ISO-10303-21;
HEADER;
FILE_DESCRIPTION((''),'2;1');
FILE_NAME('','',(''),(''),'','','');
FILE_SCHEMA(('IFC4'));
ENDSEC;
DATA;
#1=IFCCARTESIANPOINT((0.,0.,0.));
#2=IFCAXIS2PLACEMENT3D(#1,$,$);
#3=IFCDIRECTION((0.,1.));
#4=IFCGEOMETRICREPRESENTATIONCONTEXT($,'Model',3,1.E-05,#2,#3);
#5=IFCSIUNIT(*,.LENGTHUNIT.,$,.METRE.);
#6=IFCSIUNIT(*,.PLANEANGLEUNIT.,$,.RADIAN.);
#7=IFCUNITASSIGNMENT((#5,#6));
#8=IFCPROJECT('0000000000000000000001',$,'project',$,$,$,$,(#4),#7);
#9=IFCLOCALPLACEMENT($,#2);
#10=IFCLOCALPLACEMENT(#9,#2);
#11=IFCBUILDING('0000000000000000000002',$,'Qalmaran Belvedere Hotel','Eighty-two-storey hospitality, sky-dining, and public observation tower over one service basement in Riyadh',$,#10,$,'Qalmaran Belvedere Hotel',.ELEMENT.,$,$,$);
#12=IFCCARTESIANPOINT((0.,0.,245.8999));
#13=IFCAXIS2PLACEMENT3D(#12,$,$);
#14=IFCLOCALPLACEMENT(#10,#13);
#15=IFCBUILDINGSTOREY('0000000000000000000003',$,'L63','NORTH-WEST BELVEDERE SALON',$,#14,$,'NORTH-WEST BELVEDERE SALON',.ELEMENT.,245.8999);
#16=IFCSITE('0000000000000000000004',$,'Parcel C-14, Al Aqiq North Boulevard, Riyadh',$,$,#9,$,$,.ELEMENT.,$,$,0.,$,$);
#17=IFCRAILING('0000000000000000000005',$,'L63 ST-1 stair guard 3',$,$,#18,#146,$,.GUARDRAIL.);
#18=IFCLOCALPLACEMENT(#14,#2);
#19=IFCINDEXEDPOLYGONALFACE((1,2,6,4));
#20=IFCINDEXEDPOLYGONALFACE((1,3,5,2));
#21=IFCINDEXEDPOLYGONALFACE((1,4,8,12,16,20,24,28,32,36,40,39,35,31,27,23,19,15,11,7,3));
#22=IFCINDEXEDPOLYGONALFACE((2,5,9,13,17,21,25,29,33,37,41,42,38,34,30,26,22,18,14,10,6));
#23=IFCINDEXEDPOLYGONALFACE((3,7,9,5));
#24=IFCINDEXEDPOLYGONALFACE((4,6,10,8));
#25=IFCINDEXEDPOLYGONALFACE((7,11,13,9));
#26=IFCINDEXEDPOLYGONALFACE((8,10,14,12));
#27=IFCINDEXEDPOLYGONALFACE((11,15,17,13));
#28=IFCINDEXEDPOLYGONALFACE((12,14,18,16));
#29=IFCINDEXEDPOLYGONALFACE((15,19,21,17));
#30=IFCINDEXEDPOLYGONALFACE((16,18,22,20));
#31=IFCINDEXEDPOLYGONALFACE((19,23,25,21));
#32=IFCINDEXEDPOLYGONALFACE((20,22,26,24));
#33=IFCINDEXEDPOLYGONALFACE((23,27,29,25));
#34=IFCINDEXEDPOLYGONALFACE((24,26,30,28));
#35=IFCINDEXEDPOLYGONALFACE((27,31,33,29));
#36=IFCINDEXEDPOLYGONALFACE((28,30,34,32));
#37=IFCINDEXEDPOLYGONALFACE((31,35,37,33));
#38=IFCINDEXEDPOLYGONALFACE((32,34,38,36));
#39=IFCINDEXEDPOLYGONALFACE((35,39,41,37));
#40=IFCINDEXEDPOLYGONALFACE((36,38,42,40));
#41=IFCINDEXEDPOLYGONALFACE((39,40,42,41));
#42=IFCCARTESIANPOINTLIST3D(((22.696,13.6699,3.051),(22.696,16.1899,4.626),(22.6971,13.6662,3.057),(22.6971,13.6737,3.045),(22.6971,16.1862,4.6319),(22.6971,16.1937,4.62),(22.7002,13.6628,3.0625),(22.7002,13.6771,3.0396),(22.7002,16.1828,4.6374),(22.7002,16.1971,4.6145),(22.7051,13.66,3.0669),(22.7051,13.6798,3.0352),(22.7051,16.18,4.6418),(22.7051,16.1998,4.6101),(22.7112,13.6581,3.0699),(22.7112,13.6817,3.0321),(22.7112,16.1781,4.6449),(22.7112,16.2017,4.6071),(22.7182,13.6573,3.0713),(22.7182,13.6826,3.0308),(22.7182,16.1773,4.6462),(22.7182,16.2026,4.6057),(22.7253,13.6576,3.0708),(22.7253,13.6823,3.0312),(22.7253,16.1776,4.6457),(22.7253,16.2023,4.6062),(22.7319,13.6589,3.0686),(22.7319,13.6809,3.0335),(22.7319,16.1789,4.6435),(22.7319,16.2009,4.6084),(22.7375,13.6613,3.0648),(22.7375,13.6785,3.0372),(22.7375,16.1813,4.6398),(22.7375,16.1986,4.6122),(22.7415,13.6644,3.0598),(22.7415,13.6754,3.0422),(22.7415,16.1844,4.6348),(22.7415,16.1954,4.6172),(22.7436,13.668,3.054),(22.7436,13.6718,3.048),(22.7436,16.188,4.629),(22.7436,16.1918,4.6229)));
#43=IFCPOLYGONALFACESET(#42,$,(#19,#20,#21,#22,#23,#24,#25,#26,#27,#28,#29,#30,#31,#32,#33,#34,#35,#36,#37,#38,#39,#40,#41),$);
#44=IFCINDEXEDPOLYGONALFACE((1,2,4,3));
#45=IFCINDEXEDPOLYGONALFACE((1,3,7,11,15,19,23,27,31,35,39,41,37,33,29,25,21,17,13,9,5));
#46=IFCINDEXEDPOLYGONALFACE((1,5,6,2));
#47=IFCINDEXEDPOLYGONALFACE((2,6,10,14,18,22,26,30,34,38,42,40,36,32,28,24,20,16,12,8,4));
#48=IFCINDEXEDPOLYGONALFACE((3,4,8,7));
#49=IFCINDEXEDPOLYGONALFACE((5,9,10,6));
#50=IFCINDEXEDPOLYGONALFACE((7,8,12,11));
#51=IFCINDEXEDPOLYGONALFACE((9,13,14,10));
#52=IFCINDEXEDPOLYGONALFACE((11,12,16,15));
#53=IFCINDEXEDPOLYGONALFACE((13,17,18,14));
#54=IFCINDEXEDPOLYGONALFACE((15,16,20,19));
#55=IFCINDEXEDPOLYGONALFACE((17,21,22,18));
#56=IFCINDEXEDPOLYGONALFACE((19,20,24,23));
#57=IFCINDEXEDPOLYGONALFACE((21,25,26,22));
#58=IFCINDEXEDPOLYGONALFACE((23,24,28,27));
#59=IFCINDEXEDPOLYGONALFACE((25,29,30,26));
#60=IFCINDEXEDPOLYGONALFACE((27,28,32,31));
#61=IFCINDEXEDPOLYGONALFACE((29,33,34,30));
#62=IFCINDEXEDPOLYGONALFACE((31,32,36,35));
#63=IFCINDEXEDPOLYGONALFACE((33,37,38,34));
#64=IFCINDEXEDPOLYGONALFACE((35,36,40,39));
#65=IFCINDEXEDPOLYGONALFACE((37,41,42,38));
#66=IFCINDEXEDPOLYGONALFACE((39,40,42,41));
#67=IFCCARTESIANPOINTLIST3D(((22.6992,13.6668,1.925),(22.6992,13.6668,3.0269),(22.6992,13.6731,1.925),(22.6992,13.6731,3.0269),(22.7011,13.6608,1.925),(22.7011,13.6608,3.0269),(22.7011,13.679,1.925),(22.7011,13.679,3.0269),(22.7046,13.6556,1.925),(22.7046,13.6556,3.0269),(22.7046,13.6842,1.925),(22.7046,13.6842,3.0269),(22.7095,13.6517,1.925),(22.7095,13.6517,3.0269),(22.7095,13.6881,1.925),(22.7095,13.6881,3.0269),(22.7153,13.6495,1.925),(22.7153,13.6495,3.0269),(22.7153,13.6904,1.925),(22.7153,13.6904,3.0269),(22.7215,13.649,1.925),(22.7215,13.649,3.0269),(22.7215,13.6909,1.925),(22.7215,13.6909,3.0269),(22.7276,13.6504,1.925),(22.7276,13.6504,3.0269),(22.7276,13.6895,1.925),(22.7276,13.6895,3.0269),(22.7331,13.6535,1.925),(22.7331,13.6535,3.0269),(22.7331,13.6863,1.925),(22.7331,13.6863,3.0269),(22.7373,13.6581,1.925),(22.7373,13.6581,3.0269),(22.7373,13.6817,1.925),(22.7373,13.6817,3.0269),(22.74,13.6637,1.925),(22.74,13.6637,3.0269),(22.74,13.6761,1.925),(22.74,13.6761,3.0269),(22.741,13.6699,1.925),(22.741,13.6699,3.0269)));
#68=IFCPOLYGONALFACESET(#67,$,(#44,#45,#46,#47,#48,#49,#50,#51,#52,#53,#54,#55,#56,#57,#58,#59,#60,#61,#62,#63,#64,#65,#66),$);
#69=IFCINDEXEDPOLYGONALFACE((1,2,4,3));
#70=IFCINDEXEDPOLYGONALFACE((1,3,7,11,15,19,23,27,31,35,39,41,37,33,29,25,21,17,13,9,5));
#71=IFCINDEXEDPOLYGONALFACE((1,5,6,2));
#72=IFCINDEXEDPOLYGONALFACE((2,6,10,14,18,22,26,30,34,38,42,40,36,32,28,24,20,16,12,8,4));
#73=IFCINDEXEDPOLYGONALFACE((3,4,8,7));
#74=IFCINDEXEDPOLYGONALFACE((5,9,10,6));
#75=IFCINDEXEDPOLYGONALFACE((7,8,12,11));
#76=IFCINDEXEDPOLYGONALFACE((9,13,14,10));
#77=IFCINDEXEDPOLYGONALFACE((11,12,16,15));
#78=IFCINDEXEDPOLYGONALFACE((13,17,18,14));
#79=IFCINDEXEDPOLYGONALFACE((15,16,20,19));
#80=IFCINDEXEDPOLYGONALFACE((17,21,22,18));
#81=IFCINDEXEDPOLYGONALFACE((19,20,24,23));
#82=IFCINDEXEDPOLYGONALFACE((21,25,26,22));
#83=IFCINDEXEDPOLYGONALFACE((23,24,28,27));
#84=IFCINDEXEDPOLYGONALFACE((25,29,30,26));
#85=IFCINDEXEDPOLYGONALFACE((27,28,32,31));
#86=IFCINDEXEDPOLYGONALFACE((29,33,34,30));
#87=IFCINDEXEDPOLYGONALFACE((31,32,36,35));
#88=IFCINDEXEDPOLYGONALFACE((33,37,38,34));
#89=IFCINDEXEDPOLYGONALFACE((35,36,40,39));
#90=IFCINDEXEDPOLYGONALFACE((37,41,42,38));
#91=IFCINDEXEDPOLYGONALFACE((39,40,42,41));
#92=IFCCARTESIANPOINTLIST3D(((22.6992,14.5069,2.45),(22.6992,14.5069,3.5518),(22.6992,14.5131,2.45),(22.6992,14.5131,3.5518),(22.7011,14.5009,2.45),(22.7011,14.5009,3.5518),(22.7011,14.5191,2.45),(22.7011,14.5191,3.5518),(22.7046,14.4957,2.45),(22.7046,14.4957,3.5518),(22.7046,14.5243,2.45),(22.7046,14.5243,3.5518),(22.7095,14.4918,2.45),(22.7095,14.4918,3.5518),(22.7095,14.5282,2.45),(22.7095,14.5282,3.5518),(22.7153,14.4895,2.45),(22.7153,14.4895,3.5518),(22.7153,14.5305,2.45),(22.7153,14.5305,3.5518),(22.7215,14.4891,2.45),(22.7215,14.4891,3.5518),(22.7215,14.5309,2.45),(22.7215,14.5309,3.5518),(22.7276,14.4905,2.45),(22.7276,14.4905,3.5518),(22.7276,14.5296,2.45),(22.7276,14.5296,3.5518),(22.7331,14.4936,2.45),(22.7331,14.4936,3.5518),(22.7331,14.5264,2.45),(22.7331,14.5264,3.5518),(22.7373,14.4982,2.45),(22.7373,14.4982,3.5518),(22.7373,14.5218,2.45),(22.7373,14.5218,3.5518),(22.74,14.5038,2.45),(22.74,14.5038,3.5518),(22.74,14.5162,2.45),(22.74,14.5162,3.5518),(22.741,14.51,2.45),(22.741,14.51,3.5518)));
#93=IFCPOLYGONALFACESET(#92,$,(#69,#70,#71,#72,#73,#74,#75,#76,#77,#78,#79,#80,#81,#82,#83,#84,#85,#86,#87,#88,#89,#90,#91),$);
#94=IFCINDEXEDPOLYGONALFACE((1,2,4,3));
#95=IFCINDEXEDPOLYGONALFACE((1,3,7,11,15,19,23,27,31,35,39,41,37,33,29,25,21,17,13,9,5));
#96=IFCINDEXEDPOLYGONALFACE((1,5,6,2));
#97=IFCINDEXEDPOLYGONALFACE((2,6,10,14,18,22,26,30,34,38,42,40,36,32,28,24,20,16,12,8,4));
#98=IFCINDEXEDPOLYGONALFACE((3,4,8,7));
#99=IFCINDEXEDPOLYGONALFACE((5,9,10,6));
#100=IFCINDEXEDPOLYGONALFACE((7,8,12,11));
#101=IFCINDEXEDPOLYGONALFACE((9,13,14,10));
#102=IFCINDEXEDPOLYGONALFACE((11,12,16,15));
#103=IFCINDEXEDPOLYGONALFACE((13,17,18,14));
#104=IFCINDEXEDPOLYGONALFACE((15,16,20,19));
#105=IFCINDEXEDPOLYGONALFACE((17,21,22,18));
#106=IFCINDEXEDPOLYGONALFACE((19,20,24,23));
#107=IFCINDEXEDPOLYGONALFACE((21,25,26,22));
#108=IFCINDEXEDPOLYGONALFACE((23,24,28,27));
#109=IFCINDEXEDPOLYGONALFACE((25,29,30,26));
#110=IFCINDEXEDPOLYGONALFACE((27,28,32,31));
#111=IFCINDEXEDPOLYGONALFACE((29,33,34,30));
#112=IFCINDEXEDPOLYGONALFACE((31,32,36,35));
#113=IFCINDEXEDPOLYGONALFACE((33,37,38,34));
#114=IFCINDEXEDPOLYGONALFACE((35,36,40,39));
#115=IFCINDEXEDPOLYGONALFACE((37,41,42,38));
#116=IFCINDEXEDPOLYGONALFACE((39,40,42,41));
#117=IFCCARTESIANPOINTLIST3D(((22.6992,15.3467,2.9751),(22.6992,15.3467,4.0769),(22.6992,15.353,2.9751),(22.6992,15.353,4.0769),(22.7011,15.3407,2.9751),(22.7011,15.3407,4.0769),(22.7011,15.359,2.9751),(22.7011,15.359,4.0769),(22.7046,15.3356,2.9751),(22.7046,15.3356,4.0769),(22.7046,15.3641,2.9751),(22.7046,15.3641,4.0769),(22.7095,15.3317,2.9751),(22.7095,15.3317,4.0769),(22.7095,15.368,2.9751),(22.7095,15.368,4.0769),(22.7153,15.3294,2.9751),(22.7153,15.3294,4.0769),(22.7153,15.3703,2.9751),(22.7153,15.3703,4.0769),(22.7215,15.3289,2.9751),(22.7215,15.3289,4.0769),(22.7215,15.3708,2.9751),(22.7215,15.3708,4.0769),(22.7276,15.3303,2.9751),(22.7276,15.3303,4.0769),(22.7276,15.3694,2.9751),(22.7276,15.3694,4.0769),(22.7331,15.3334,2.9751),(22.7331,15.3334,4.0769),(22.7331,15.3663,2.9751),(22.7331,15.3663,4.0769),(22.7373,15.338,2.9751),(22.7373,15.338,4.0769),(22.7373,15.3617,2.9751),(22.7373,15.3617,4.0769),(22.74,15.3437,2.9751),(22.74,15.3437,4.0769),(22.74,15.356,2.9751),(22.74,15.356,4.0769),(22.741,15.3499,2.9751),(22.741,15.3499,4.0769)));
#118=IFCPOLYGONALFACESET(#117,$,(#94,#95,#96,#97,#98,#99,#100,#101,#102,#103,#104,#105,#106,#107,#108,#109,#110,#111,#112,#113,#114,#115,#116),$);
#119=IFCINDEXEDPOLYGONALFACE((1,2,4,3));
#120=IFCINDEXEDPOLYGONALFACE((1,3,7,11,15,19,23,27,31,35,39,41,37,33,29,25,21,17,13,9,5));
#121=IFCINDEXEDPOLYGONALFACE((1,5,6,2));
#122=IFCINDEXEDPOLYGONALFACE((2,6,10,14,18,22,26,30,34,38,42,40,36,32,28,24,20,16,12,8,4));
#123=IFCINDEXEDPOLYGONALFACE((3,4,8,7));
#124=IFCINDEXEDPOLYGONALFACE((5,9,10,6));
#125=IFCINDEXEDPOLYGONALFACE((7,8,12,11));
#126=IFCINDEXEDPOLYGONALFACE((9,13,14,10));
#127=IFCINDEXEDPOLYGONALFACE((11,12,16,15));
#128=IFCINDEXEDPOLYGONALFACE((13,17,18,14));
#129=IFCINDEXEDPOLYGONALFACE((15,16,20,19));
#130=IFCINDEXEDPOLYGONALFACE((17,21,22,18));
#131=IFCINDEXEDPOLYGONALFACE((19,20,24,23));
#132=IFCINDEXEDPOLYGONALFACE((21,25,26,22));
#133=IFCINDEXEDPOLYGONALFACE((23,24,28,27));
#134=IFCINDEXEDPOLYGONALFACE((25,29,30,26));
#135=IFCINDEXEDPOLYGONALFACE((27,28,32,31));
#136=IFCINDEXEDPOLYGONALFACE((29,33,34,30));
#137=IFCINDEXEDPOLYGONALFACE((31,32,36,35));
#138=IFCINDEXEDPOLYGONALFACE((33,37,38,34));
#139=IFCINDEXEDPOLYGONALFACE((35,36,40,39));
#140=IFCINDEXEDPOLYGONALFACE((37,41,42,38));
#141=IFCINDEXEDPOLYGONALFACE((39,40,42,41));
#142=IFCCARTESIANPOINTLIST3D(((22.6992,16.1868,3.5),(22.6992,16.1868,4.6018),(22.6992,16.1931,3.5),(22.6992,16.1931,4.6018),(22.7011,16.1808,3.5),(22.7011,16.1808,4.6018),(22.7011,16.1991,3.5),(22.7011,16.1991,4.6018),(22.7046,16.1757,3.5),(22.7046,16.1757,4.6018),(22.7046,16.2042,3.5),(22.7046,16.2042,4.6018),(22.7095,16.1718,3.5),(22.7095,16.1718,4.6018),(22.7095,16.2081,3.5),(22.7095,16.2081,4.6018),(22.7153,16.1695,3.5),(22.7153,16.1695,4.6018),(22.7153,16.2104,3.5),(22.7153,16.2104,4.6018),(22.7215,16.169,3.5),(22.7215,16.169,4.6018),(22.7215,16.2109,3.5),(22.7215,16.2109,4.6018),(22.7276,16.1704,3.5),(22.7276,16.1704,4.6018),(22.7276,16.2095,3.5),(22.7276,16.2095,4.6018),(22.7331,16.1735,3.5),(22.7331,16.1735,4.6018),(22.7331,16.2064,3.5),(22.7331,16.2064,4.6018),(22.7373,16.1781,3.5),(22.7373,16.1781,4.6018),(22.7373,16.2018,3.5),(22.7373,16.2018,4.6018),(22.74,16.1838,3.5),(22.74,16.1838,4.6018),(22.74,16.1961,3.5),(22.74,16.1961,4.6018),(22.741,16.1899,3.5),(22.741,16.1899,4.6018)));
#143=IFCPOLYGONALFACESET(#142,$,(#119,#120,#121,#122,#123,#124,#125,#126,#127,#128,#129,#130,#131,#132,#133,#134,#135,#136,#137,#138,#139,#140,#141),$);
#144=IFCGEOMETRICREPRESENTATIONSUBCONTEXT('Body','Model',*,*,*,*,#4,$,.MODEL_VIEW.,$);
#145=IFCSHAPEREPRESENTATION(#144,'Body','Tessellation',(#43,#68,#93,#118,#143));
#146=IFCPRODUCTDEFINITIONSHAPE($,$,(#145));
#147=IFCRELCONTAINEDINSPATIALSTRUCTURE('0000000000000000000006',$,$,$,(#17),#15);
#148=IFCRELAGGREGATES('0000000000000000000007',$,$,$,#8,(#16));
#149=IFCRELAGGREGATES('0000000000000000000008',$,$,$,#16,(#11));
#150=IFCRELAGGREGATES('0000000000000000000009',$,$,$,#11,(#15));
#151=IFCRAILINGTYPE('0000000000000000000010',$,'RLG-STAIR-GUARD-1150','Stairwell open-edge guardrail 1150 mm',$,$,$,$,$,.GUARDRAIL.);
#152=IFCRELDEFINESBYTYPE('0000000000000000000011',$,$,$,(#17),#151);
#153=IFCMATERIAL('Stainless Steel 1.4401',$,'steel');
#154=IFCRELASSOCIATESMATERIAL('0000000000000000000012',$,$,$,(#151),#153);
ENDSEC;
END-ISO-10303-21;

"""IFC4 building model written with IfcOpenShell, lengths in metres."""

from ifc_helpers import new_model, si_unit, direction, frame, origin, origin_2d, place, context, subcontext, project, spatial, circle, extrude, material, type_object, element, save


model = new_model("IFC4")

# Units and contexts
model_context = context("Model", 3, precision=1e-05, world=origin(), true_north=direction((0.0, 1.0)))
body_context = subcontext(model_context, "Body", "Model", "MODEL_VIEW")
ifc_project = project(units=[si_unit("LENGTHUNIT", "METRE"), si_unit("PLANEANGLEUNIT", "RADIAN")], contexts=[model_context])

# Site, building, storey
site_placement = place(None, origin())
site = spatial("IfcSite", under=ifc_project, at=site_placement, Name="Parcel C-14, Al Aqiq North Boulevard, Riyadh", CompositionType="ELEMENT", RefElevation=0.0)
building_placement = place(site_placement, origin())
building = spatial("IfcBuilding", under=site, at=building_placement, Name="Qalmaran Belvedere Hotel", Description="Eighty-two-storey hospitality, sky-dining, and public observation tower over one service basement in Riyadh", LongName="Qalmaran Belvedere Hotel", CompositionType="ELEMENT")
storey_placement = place(building_placement, frame((0.0, 0.0, 245.8999)))
storey = spatial("IfcBuildingStorey", under=building, at=storey_placement, Name="L63", Description="NORTH-WEST BELVEDERE SALON", LongName="NORTH-WEST BELVEDERE SALON", CompositionType="ELEMENT", Elevation=245.8999)

# Shared definitions
ifc_material_1 = material(Name="Stainless Steel 1.4401", Category="steel")

# Railing
railing_type_1 = type_object("IfcRailingType", Name="RLG-STAIR-GUARD-1150", Description="Stairwell open-edge guardrail 1150 mm", PredefinedType="GUARDRAIL", material=ifc_material_1)
railing_1_placement = place(storey_placement, frame((22.72, 13.6699, 1.925)))
element("IfcRailing", 1, at=railing_1_placement, inside=storey, type_object=railing_type_1, Name="L63 ST-1 stair guard 3", PredefinedType="GUARDRAIL", context=body_context, shape_type="SweptSolid", body=[
    extrude(circle(Radius=0.0239, at=origin_2d()), frame((0.0, 0.0, 1.126), z_axis=(0.0, 0.848008, 0.529984), x_axis=(-1.0, 0.0, 0.0)), (0.0, 0.0, 1.0), 2.9717),
    extrude(circle(Radius=0.021, at=origin_2d()), origin(), (0.0, 0.0, 1.0), 1.1018),
    extrude(circle(Radius=0.021, at=origin_2d()), frame((0.0, 0.8401, 0.5249)), (0.0, 0.0, 1.0), 1.1018),
    extrude(circle(Radius=0.021, at=origin_2d()), frame((0.0, 1.6799, 1.05)), (0.0, 0.0, 1.0), 1.1018),
    extrude(circle(Radius=0.021, at=origin_2d()), frame((0.0, 2.52, 1.575)), (0.0, 0.0, 1.0), 1.1018),
])

save(model, "model.ifc")
